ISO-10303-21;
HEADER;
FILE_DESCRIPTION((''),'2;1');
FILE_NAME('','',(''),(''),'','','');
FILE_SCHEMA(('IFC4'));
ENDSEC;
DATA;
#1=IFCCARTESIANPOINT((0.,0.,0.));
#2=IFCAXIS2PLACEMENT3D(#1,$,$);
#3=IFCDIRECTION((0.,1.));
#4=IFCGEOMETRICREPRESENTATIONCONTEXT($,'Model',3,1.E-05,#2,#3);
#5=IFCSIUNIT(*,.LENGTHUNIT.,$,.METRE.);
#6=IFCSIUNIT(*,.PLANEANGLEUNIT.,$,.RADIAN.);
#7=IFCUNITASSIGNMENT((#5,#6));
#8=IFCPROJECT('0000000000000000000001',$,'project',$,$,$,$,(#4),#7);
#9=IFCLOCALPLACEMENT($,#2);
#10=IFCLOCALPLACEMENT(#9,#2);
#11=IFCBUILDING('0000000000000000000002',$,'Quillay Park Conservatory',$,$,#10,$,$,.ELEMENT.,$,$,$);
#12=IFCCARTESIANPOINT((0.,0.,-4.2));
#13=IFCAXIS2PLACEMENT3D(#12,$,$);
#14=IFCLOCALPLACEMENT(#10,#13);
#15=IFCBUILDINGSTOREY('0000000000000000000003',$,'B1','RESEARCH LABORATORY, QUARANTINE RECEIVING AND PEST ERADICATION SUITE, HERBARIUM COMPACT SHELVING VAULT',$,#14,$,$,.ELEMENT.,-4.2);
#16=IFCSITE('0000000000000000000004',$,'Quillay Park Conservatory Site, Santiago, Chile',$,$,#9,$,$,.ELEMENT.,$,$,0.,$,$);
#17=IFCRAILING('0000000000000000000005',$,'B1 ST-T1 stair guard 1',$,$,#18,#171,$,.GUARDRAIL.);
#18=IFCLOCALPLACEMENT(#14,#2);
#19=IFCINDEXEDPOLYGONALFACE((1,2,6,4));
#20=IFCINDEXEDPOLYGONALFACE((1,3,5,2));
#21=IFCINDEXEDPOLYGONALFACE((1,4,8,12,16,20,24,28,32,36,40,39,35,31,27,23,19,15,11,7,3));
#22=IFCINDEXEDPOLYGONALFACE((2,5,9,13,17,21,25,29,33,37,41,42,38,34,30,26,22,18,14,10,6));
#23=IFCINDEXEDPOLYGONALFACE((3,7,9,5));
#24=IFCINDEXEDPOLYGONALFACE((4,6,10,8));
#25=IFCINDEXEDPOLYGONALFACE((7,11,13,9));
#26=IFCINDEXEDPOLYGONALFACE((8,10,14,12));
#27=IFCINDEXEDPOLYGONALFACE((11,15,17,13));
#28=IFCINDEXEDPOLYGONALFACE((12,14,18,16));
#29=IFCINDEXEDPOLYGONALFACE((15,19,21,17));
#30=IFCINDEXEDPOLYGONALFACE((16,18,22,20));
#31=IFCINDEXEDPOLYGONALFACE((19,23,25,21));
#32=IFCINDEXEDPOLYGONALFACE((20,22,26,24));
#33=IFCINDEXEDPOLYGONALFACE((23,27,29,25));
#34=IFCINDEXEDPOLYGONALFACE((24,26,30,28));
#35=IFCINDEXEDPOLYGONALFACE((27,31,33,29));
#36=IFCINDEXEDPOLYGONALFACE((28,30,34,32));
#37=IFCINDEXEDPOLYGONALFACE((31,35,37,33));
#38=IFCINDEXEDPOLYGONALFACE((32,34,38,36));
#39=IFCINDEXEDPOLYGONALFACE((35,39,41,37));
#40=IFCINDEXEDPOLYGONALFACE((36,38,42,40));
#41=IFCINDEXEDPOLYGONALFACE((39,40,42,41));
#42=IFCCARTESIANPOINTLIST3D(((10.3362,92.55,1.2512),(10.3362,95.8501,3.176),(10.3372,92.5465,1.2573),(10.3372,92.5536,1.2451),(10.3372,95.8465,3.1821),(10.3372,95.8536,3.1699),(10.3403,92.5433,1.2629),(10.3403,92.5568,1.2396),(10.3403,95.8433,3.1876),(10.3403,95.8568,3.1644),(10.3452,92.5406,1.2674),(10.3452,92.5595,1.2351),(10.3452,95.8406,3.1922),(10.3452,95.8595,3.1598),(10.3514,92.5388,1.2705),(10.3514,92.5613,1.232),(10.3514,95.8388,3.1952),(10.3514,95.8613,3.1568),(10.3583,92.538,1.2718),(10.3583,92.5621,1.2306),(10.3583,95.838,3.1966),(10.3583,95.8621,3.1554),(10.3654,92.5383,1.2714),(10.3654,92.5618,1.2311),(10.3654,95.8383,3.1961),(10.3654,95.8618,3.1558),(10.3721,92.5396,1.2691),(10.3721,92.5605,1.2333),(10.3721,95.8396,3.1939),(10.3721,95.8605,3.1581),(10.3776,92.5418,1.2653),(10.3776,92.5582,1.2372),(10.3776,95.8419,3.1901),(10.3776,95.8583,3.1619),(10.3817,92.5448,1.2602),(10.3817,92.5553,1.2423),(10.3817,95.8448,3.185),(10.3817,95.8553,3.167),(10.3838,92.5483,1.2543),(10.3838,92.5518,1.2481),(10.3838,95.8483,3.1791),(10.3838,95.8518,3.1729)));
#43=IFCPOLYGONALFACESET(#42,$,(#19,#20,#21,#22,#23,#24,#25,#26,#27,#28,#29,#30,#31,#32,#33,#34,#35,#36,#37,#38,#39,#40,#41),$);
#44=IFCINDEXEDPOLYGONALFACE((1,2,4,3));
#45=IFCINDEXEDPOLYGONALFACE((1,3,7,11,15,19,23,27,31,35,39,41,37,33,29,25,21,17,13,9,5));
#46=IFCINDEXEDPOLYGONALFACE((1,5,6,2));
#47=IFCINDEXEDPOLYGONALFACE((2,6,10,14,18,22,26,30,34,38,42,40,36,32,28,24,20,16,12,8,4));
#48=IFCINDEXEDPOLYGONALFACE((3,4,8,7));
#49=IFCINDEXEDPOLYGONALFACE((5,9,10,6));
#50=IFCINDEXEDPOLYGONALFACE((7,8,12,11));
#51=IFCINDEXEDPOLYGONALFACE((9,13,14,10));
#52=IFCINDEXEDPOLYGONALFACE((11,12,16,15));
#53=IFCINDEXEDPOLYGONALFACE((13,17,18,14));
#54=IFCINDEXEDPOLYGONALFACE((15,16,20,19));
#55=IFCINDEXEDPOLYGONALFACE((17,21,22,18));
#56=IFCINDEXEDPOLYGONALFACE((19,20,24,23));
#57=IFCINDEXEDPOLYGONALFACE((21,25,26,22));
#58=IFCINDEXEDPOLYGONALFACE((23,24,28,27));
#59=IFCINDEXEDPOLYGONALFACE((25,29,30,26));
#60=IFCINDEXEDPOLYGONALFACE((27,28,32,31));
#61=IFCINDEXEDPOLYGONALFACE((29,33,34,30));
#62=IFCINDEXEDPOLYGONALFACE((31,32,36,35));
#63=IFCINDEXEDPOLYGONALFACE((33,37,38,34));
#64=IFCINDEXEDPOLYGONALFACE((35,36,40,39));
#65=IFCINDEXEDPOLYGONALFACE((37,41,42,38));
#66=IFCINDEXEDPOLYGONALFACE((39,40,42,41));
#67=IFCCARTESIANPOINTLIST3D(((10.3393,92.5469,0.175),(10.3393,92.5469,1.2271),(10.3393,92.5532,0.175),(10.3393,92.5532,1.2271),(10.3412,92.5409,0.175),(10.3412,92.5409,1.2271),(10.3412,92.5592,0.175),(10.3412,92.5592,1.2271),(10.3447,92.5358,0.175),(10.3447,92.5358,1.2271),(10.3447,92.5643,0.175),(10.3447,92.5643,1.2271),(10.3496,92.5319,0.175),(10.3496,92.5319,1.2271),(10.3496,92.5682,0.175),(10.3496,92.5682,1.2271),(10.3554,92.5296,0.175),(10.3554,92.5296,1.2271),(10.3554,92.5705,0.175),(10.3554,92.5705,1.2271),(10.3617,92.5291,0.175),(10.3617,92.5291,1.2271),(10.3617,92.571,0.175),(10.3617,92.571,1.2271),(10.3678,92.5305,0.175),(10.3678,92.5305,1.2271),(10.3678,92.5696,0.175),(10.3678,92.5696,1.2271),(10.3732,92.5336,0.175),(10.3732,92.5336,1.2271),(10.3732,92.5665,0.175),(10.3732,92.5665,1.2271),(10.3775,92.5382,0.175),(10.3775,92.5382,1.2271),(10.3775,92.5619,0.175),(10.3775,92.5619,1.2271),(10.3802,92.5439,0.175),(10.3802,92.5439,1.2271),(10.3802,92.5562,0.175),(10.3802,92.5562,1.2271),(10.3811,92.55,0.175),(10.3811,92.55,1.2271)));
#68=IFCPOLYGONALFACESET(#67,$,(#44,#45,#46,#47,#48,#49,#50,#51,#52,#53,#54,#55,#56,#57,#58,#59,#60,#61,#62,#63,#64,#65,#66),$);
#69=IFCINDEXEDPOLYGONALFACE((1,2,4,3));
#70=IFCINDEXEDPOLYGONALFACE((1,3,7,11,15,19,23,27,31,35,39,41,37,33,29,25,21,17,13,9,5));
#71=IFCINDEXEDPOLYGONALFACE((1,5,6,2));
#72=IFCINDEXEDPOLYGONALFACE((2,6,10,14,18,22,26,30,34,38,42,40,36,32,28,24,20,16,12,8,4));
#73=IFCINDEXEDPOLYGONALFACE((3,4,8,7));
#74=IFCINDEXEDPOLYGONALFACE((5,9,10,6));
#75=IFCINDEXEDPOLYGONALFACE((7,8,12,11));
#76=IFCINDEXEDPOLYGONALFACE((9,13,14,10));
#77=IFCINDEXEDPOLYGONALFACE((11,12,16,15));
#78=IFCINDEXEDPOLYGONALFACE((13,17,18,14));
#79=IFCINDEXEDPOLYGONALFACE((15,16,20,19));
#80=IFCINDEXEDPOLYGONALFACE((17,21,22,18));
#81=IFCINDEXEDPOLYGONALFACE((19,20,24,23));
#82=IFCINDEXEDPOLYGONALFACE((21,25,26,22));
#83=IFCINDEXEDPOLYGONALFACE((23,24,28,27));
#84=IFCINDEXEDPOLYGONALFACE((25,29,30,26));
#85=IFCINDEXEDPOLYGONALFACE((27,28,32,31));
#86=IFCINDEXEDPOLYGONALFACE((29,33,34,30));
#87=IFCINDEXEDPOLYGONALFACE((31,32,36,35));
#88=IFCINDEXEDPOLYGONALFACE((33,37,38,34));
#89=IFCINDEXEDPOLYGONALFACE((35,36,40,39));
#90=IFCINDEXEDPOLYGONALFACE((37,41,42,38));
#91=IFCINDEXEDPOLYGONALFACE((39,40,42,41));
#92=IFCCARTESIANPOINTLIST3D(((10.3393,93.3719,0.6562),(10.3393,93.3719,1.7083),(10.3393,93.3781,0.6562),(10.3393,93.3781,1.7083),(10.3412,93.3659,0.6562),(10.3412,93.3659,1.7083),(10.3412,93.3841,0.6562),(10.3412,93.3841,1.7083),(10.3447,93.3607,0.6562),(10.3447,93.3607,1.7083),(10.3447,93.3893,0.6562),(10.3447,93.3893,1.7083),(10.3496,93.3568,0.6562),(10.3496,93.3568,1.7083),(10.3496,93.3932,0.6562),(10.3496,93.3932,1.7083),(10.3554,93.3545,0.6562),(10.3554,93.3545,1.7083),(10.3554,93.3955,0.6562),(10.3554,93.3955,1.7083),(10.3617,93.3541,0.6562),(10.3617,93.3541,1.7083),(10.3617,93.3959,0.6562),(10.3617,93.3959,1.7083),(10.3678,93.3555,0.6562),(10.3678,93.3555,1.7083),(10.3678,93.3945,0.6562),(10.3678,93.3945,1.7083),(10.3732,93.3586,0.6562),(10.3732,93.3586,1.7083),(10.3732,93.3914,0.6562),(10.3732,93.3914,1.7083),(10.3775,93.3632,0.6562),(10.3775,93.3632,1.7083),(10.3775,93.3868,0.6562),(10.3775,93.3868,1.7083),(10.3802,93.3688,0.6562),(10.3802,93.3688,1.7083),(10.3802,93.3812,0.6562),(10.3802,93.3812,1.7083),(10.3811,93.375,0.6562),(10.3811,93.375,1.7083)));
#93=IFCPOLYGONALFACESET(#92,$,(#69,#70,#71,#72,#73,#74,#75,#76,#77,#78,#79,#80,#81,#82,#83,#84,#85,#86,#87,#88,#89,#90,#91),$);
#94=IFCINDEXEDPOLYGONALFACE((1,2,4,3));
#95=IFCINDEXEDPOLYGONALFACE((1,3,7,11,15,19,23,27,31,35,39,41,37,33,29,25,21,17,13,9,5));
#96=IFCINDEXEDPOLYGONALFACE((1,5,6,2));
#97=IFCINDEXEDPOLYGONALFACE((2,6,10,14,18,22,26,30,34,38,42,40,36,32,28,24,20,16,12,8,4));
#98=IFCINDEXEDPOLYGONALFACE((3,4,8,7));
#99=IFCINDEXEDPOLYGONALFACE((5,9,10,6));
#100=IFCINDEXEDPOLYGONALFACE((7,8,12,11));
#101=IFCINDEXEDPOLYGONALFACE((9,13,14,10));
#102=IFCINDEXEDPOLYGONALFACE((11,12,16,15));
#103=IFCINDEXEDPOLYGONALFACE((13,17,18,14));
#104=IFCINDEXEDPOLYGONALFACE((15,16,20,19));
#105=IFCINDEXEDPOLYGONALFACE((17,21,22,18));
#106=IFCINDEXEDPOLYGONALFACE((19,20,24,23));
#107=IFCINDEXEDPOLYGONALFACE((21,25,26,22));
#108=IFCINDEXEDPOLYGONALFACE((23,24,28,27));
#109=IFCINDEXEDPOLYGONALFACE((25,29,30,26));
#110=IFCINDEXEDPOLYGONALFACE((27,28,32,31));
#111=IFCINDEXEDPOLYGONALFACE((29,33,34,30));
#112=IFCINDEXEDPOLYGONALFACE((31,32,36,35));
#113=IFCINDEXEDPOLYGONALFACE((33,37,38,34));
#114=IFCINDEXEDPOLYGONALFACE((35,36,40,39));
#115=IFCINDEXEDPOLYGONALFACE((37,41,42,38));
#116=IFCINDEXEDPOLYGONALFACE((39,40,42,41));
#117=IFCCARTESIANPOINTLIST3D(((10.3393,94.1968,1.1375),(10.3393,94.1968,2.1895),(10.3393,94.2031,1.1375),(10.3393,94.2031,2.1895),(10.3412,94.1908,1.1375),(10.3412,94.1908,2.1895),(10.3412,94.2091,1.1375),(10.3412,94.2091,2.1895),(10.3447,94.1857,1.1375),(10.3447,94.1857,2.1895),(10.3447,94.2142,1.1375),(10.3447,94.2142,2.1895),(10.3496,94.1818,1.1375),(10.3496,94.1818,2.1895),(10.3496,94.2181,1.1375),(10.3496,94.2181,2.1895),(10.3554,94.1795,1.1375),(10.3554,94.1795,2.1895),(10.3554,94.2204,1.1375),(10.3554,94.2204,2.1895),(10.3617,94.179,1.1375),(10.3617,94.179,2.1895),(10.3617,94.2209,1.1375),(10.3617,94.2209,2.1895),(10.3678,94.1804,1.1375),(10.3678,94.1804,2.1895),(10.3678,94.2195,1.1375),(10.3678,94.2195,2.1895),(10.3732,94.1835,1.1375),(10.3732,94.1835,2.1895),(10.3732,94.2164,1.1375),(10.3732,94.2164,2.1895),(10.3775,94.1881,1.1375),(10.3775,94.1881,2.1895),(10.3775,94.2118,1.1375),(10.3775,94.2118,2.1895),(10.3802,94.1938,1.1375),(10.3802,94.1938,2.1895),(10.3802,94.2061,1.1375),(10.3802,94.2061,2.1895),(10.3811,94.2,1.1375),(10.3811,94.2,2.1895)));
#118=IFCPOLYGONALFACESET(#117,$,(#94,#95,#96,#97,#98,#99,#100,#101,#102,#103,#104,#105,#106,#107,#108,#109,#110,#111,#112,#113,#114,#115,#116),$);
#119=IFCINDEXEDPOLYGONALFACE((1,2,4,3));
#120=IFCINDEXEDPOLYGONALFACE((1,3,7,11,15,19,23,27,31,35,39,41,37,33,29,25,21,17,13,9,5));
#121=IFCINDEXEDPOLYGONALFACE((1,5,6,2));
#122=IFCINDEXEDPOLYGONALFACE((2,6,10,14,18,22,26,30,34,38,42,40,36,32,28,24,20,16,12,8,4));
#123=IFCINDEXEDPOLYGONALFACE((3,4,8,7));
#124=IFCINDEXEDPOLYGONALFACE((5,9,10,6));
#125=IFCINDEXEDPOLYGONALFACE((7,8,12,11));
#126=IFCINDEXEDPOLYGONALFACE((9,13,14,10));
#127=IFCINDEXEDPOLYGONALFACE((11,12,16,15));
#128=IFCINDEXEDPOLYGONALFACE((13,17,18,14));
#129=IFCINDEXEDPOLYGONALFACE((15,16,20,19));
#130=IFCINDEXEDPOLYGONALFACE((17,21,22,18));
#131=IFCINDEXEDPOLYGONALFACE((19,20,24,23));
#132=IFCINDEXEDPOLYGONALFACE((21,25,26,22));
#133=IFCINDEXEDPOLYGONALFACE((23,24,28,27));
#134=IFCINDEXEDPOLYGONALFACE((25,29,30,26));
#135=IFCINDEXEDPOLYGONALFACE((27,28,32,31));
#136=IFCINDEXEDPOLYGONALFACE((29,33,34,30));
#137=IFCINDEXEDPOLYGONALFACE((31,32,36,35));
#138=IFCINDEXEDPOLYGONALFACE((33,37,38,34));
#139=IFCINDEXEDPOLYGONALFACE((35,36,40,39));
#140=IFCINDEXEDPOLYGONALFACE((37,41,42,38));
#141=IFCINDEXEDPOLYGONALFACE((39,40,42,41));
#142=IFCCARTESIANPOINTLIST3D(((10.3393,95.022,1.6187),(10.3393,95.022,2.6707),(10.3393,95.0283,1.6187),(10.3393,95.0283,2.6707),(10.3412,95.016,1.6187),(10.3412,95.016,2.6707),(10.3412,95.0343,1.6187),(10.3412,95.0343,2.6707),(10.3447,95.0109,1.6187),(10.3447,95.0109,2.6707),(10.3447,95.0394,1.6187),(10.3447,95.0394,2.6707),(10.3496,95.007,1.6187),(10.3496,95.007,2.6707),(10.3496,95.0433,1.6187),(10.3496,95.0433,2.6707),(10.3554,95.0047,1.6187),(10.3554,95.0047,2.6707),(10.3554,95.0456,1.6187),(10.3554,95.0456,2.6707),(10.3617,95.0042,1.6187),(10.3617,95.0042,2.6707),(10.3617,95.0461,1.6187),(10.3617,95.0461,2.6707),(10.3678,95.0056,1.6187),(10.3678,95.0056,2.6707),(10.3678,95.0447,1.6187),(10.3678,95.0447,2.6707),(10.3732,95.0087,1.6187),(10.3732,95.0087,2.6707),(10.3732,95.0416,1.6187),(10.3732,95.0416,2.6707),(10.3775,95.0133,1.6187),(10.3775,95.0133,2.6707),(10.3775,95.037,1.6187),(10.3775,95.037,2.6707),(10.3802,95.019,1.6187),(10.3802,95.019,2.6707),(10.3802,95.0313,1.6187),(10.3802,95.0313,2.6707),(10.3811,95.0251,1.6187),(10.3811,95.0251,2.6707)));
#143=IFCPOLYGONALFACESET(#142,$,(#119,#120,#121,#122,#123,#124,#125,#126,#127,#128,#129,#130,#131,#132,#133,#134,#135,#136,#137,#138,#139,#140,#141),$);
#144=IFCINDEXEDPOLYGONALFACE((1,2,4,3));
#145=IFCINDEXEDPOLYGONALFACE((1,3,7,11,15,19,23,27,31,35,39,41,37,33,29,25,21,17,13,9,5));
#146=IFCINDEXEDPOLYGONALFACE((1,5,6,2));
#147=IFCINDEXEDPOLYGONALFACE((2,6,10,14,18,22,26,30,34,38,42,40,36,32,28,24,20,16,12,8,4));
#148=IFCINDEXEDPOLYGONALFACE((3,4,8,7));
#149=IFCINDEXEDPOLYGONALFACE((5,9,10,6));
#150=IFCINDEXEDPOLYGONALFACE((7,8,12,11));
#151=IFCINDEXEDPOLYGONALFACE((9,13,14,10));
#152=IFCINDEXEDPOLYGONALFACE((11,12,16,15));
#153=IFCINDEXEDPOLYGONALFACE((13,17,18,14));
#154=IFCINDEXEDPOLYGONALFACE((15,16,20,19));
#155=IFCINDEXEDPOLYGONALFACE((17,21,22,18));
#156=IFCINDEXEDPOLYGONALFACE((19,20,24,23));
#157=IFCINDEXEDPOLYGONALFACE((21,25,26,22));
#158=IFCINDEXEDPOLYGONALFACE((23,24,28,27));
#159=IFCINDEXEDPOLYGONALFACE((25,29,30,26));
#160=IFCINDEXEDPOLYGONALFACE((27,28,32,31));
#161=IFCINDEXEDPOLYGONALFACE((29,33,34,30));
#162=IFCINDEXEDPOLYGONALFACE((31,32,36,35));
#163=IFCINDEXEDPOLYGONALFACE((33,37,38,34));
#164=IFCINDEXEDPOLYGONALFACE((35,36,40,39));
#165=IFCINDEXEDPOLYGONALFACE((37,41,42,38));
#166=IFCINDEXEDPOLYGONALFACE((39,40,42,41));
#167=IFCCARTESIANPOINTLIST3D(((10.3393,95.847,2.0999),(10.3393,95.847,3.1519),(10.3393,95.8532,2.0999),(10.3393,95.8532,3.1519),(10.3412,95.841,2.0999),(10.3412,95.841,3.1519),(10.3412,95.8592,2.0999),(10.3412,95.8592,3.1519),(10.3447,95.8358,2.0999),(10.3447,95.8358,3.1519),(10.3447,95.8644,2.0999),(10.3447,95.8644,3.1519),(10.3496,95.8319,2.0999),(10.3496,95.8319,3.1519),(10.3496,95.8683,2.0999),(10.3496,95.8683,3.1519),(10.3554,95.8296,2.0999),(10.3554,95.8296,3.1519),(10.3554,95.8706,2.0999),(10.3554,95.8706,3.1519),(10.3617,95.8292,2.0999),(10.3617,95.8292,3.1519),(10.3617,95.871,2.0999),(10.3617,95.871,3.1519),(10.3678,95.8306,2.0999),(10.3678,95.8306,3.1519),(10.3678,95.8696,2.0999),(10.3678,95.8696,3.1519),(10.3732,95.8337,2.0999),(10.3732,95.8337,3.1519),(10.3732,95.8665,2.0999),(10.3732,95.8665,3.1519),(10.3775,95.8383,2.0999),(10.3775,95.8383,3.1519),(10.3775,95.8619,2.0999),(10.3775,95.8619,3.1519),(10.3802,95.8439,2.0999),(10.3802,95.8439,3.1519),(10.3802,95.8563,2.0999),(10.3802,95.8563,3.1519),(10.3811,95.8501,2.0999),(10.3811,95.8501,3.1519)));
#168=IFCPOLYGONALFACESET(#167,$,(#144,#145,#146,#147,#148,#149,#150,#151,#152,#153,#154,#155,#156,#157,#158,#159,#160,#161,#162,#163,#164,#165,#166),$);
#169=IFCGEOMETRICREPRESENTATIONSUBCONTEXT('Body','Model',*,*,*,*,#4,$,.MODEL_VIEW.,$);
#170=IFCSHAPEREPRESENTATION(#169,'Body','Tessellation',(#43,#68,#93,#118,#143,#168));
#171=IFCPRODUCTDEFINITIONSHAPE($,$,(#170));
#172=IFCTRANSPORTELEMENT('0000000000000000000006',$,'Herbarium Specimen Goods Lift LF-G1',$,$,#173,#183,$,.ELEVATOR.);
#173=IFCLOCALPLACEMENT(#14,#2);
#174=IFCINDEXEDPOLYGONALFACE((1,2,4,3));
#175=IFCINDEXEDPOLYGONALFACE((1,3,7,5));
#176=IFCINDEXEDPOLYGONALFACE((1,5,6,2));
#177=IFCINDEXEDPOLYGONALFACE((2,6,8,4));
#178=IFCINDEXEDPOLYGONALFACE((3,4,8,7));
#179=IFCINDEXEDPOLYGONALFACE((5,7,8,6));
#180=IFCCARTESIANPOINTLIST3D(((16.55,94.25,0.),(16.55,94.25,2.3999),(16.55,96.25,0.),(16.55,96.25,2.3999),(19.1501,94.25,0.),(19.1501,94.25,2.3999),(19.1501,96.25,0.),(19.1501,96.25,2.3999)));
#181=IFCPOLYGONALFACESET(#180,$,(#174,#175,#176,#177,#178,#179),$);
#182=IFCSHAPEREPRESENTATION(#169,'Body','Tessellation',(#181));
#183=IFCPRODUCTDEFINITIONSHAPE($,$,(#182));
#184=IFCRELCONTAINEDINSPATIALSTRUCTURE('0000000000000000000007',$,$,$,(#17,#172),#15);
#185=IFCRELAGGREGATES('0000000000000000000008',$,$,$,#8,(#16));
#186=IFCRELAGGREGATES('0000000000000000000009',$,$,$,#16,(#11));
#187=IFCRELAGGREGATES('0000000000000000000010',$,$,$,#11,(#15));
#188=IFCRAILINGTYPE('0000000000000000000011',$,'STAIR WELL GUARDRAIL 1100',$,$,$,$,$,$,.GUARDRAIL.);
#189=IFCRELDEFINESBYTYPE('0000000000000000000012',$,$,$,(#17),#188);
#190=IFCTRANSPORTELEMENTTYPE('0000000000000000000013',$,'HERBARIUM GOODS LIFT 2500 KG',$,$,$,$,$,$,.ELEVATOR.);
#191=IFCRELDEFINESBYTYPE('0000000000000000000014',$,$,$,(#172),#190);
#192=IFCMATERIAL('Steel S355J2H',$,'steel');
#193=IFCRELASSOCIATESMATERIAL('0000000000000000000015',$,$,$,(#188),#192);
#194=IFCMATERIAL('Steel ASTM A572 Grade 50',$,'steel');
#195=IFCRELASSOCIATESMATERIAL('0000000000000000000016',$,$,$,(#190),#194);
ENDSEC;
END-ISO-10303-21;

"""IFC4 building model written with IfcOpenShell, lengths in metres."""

from ifc_helpers import new_model, si_unit, direction, frame, origin, origin_2d, place, context, subcontext, project, spatial, rectangle, circle, extrude, material, type_object, element, save


model = new_model("IFC4")

# Units and contexts
model_context = context("Model", 3, precision=1e-05, world=origin(), true_north=direction((0.0, 1.0)))
body_context = subcontext(model_context, "Body", "Model", "MODEL_VIEW")
ifc_project = project(units=[si_unit("LENGTHUNIT", "METRE"), si_unit("PLANEANGLEUNIT", "RADIAN")], contexts=[model_context])

# Site, building, storey
site_placement = place(None, origin())
site = spatial("IfcSite", under=ifc_project, at=site_placement, Name="Quillay Park Conservatory Site, Santiago, Chile", CompositionType="ELEMENT", RefElevation=0.0)
building_placement = place(site_placement, origin())
building = spatial("IfcBuilding", under=site, at=building_placement, Name="Quillay Park Conservatory", CompositionType="ELEMENT")
storey_placement = place(building_placement, frame((0.0, 0.0, -4.2)))
storey = spatial("IfcBuildingStorey", under=building, at=storey_placement, Name="B1", Description="RESEARCH LABORATORY, QUARANTINE RECEIVING AND PEST ERADICATION SUITE, HERBARIUM COMPACT SHELVING VAULT", CompositionType="ELEMENT", Elevation=-4.2)

# Railing
ifc_material_1 = material(Name="Steel S355J2H", Category="steel")
railing_type_1 = type_object("IfcRailingType", Name="STAIR WELL GUARDRAIL 1100", PredefinedType="GUARDRAIL", material=ifc_material_1)
railing_1_placement = place(storey_placement, frame((10.3601, 92.55, 0.175)))
element("IfcRailing", 1, at=railing_1_placement, inside=storey, type_object=railing_type_1, Name="B1 ST-T1 stair guard 1", PredefinedType="GUARDRAIL", context=body_context, shape_type="SweptSolid", body=[
    extrude(circle(Radius=0.0239, at=origin_2d()), frame((0.0, 0.0, 1.0762), z_axis=(0.0, 0.863804, 0.503827), x_axis=(-1.0, 0.0, 0.0)), (0.0, 0.0, 1.0), 3.8203),
    extrude(circle(Radius=0.021, at=origin_2d()), origin(), (0.0, 0.0, 1.0), 1.052),
    extrude(circle(Radius=0.021, at=origin_2d()), frame((0.0, 0.825, 0.4812)), (0.0, 0.0, 1.0), 1.052),
    extrude(circle(Radius=0.021, at=origin_2d()), frame((0.0, 1.6499, 0.9624)), (0.0, 0.0, 1.0), 1.052),
    extrude(circle(Radius=0.021, at=origin_2d()), frame((0.0, 2.4751, 1.4436)), (0.0, 0.0, 1.0), 1.052),
    extrude(circle(Radius=0.021, at=origin_2d()), frame((0.0, 3.3, 1.9248)), (0.0, 0.0, 1.0), 1.052),
])

# Transport element
ifc_material_2 = material(Name="Steel ASTM A572 Grade 50", Category="steel")
transport_element_type = type_object("IfcTransportElementType", Name="HERBARIUM GOODS LIFT 2500 KG", PredefinedType="ELEVATOR", material=ifc_material_2)
transport_element_placement = place(storey_placement, frame((17.8501, 95.25, 0.0), z_axis=(0.0, 0.0, 1.0), x_axis=(1.0, 0.0, 0.0)))
element("IfcTransportElement", 2, at=transport_element_placement, inside=storey, type_object=transport_element_type, Name="Herbarium Specimen Goods Lift LF-G1", PredefinedType="ELEVATOR", context=body_context, shape_type="SweptSolid", body=[
    extrude(rectangle(XDim=2.6001, YDim=2.0, at=origin_2d()), origin(), (0.0, 0.0, 1.0), 2.3999),
])

save(model, "model.ifc")
